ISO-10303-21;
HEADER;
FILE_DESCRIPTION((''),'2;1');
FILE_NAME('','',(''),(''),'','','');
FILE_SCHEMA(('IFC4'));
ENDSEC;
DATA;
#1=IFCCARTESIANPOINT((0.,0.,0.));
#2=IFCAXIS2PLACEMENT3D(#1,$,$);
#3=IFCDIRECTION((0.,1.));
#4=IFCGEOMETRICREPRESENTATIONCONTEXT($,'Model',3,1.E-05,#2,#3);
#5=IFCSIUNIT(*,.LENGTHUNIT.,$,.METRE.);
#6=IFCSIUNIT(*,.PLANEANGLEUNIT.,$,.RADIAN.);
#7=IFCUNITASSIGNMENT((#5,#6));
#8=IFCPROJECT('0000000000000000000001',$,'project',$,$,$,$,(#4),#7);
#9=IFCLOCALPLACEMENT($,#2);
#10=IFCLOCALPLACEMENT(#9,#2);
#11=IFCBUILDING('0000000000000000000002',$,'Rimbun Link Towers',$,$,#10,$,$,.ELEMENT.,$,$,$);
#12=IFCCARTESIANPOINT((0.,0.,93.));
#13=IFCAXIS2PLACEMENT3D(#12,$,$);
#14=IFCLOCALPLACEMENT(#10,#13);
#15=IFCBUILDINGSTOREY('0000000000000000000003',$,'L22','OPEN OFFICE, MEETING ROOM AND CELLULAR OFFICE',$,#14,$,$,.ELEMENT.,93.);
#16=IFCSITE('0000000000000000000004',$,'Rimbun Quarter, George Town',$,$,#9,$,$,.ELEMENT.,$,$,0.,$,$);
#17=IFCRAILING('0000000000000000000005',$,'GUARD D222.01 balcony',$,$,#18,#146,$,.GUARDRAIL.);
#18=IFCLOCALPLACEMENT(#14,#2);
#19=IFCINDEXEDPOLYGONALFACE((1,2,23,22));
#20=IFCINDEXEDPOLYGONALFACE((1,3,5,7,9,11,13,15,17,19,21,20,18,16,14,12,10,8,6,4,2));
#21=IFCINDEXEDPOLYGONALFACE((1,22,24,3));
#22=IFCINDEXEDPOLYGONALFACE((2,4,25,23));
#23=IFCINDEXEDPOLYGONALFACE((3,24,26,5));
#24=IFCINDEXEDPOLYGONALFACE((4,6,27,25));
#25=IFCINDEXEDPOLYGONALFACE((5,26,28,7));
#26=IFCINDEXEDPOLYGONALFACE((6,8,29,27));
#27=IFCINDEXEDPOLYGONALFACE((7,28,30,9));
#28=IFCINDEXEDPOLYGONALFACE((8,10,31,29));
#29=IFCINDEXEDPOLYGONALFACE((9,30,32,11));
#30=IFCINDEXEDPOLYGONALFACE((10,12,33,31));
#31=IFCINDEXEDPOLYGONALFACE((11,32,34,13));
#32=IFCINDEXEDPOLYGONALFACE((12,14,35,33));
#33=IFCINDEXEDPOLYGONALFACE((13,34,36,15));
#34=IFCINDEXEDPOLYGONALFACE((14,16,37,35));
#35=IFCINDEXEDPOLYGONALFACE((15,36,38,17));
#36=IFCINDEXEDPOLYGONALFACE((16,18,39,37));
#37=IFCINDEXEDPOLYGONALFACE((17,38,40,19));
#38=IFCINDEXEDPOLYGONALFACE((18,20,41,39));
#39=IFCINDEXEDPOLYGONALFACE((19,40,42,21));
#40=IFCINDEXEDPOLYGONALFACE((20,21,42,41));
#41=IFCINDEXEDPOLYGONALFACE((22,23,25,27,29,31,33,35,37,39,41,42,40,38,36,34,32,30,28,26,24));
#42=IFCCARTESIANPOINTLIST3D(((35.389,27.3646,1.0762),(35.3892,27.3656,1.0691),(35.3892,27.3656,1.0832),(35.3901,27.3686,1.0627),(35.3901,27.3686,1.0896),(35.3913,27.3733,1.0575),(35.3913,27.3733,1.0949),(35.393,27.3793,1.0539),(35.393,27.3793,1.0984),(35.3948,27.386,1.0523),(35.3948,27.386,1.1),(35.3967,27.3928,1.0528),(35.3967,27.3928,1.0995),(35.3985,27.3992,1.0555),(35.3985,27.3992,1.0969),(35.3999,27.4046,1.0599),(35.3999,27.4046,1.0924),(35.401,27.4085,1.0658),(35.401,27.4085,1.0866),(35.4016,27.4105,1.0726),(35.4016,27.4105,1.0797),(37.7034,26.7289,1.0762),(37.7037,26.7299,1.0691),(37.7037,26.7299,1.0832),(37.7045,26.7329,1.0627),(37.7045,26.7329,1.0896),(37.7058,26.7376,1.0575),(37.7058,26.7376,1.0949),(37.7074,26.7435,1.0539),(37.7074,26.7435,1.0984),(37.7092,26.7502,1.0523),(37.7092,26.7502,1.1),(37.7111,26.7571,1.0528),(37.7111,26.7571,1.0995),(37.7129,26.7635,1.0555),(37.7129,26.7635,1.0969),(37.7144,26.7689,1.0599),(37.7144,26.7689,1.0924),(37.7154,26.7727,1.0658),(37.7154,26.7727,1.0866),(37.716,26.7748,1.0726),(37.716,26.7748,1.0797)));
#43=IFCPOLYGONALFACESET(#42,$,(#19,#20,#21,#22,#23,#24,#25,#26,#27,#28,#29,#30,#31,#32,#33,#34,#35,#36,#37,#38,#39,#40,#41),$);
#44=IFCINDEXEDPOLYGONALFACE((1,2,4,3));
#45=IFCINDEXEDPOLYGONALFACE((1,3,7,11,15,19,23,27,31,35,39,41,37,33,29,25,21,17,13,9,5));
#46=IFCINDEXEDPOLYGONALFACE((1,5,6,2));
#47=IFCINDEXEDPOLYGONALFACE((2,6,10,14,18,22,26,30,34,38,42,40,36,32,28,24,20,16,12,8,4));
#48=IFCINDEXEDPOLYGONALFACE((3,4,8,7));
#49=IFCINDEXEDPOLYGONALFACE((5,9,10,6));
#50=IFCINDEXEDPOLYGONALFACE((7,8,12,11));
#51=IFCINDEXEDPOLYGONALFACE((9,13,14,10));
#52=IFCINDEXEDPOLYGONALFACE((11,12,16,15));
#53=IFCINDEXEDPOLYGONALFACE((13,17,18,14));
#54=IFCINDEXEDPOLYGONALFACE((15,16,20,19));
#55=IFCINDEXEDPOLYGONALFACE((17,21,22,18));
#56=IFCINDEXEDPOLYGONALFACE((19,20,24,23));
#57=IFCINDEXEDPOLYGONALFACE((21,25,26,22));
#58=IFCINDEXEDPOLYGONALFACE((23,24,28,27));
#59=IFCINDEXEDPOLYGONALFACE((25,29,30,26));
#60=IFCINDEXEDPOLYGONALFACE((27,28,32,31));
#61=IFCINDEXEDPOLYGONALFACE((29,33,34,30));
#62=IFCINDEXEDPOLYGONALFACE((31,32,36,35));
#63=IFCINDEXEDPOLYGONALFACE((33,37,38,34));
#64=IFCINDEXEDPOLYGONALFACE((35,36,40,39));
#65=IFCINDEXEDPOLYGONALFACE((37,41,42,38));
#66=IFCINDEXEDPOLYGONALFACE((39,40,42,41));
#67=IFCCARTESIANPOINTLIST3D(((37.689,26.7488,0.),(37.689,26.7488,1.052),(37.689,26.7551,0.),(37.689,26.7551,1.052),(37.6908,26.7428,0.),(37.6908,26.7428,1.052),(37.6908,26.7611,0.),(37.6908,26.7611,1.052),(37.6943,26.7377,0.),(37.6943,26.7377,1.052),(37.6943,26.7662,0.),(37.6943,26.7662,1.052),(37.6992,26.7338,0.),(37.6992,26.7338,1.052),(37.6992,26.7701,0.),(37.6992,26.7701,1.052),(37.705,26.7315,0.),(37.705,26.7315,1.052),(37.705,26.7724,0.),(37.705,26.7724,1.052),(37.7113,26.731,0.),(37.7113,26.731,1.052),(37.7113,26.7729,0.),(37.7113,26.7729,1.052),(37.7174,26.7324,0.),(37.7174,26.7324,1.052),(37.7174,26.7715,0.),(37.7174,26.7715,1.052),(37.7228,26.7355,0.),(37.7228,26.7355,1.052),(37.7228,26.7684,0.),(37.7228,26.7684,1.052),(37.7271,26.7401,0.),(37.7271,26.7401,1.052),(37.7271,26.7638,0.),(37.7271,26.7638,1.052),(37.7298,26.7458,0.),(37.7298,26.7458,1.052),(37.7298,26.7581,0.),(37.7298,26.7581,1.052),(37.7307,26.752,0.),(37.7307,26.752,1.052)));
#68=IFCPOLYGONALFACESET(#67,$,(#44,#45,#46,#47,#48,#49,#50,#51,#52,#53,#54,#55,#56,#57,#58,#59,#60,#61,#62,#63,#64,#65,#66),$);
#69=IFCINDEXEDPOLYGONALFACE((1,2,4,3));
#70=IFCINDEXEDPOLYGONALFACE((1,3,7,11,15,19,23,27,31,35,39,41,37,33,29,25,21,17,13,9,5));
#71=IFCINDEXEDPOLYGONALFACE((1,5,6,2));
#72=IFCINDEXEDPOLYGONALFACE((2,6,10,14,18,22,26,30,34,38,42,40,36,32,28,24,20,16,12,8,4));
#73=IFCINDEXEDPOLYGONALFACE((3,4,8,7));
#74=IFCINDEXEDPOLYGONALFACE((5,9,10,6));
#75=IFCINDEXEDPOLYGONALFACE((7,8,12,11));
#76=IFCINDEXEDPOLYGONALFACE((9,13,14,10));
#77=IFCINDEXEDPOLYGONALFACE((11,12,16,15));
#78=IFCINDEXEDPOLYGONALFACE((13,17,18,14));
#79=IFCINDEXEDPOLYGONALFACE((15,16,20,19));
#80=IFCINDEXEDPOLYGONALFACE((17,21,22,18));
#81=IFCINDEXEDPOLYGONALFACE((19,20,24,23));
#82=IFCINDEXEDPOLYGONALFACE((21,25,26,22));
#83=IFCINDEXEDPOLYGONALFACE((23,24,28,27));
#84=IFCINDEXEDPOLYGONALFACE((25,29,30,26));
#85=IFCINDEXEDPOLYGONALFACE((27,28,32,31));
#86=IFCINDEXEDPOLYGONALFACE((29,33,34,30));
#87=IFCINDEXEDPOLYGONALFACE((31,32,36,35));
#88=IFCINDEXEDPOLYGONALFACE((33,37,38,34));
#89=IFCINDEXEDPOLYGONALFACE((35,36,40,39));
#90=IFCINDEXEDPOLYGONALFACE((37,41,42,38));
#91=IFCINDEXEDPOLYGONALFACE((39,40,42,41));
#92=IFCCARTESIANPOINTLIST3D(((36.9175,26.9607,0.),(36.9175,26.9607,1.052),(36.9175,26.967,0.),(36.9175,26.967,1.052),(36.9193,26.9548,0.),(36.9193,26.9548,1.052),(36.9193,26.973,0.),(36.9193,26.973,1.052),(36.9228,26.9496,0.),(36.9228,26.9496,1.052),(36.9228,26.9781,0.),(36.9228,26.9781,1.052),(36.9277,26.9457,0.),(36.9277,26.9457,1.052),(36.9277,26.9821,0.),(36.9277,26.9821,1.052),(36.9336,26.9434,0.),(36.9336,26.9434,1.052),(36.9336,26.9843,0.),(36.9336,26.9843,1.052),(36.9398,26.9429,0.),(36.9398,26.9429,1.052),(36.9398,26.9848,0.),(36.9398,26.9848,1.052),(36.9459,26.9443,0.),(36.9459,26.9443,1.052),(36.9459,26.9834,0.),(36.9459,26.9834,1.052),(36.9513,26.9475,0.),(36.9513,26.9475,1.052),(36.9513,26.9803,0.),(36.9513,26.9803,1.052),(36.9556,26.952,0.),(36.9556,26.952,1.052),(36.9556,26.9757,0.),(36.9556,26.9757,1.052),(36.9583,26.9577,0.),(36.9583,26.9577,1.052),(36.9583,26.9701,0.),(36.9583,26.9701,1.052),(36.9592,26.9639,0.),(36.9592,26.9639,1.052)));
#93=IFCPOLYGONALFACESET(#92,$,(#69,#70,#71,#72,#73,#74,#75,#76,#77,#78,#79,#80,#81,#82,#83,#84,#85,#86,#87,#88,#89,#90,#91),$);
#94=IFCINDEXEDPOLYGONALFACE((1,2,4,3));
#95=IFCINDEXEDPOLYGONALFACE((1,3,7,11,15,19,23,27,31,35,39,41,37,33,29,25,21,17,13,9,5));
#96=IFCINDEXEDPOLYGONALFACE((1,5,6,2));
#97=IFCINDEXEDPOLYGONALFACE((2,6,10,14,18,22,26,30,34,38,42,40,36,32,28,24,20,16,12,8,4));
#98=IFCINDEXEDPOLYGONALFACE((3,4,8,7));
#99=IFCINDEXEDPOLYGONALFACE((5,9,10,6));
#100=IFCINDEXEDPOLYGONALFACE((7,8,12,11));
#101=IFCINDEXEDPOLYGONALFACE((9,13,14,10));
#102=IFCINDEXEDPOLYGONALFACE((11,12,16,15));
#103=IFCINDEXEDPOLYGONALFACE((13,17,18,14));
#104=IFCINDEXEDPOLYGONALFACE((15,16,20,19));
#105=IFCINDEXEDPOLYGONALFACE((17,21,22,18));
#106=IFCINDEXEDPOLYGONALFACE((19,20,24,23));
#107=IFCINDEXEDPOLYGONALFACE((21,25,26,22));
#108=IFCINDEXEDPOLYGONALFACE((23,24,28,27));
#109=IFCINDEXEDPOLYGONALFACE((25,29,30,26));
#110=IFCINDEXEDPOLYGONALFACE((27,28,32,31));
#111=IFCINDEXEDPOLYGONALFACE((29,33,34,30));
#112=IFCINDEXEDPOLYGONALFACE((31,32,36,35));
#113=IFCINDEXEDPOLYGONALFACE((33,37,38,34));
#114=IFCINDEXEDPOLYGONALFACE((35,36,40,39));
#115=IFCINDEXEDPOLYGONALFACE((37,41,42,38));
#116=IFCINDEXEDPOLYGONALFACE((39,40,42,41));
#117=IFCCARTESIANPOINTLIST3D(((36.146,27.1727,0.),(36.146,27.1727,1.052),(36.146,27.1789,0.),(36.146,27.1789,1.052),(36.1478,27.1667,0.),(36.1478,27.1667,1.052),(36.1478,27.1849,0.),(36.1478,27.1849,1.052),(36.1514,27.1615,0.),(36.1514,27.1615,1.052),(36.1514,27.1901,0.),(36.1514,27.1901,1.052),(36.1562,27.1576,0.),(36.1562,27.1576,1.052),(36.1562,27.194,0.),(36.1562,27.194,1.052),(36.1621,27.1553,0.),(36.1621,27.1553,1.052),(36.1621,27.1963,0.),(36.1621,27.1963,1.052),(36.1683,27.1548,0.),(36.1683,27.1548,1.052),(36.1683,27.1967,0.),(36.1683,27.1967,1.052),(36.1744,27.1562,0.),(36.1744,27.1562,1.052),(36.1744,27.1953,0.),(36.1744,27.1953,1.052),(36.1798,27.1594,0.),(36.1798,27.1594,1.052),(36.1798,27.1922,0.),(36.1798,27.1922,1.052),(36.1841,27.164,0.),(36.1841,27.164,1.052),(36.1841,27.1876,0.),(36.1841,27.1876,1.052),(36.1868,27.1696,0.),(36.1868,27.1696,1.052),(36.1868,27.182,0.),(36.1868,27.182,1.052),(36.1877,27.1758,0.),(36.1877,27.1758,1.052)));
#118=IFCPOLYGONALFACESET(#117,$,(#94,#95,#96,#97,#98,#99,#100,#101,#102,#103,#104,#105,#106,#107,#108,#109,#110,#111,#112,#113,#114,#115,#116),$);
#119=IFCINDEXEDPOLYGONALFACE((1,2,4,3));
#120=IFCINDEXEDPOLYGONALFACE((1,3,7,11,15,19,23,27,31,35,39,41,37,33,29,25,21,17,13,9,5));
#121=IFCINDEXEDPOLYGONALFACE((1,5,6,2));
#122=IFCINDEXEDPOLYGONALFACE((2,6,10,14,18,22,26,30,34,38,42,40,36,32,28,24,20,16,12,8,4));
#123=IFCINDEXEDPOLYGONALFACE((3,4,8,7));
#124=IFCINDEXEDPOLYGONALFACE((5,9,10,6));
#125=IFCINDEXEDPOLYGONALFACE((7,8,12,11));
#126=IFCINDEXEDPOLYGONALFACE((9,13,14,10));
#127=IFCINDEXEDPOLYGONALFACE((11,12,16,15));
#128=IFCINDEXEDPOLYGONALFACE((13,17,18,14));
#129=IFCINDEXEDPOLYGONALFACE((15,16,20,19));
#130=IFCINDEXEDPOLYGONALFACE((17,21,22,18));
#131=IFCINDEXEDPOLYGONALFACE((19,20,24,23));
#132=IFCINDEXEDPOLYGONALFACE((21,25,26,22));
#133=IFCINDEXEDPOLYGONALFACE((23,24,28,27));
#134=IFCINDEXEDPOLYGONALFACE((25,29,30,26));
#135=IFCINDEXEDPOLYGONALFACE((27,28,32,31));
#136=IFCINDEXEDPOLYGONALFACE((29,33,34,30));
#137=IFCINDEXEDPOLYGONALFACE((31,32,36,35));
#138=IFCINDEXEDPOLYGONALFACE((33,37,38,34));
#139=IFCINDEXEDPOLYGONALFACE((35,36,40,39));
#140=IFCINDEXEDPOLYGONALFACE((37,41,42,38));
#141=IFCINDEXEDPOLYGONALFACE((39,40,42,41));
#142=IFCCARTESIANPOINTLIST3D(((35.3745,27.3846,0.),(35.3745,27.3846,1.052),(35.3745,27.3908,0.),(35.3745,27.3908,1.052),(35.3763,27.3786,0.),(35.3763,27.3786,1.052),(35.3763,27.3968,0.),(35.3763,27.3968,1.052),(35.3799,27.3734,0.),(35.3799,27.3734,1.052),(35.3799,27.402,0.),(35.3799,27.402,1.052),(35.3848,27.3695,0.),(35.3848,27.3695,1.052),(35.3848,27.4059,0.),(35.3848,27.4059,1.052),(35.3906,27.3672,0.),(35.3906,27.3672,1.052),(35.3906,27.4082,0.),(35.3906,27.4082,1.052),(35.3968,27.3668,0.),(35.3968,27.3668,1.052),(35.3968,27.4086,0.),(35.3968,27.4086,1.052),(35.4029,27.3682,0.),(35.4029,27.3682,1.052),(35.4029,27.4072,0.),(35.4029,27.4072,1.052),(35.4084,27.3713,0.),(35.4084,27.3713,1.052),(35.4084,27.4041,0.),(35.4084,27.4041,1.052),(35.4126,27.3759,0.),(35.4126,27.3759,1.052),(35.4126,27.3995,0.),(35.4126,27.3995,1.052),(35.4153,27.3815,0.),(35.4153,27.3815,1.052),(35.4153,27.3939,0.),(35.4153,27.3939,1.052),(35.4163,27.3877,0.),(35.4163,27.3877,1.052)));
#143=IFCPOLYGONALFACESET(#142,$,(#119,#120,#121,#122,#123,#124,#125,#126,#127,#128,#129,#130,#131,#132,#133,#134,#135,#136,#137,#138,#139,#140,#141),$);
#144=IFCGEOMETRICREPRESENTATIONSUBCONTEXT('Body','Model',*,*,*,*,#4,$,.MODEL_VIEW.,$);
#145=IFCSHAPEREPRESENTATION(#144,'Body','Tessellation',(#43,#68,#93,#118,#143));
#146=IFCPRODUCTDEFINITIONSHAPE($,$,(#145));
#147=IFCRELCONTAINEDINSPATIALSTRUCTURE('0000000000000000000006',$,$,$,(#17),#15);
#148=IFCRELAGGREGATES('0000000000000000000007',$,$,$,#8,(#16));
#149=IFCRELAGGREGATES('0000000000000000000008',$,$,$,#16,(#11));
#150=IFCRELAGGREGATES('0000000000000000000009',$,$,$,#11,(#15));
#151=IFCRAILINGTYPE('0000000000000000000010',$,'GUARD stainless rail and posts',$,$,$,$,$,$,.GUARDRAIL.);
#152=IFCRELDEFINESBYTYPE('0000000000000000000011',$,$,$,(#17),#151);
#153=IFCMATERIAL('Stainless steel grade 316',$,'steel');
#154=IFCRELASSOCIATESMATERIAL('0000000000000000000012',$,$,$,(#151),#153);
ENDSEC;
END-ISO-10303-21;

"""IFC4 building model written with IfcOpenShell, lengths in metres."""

from ifc_helpers import new_model, si_unit, direction, frame, origin, origin_2d, place, context, subcontext, project, spatial, circle, extrude, material, type_object, element, save


model = new_model("IFC4")

# Units and contexts
model_context = context("Model", 3, precision=1e-05, world=origin(), true_north=direction((0.0, 1.0)))
body_context = subcontext(model_context, "Body", "Model", "MODEL_VIEW")
ifc_project = project(units=[si_unit("LENGTHUNIT", "METRE"), si_unit("PLANEANGLEUNIT", "RADIAN")], contexts=[model_context])

# Site, building, storey
site_placement = place(None, origin())
site = spatial("IfcSite", under=ifc_project, at=site_placement, Name="Rimbun Quarter, George Town", CompositionType="ELEMENT", RefElevation=0.0)
building_placement = place(site_placement, origin())
building = spatial("IfcBuilding", under=site, at=building_placement, Name="Rimbun Link Towers", CompositionType="ELEMENT")
storey_placement = place(building_placement, frame((0.0, 0.0, 93.0)))
storey = spatial("IfcBuildingStorey", under=building, at=storey_placement, Name="L22", Description="OPEN OFFICE, MEETING ROOM AND CELLULAR OFFICE", CompositionType="ELEMENT", Elevation=93.0)

# Railing
ifc_material_1 = material(Name="Stainless steel grade 316", Category="steel")
railing_type = type_object("IfcRailingType", Name="GUARD stainless rail and posts", PredefinedType="GUARDRAIL", material=ifc_material_1)
railing_1_placement = place(storey_placement, frame((37.7097, 26.752, 0.0)))
element("IfcRailing", 1, at=railing_1_placement, inside=storey, type_object=railing_type, Name="GUARD D222.01 balcony", PredefinedType="GUARDRAIL", context=body_context, shape_type="SweptSolid", body=[
    extrude(circle(Radius=0.0239, at=origin_2d()), frame((0.0, 0.0, 1.0762), z_axis=(-0.964283, 0.264873, 0.0), x_axis=(-0.264873, -0.964283, 0.0)), (0.0, 0.0, 1.0), 2.4001),
    extrude(circle(Radius=0.021, at=origin_2d()), origin(), (0.0, 0.0, 1.0), 1.052),
    extrude(circle(Radius=0.021, at=origin_2d()), frame((-0.7715, 0.2119, 0.0)), (0.0, 0.0, 1.0), 1.052),
    extrude(circle(Radius=0.021, at=origin_2d()), frame((-1.543, 0.4238, 0.0)), (0.0, 0.0, 1.0), 1.052),
    extrude(circle(Radius=0.021, at=origin_2d()), frame((-2.3145, 0.6357, 0.0)), (0.0, 0.0, 1.0), 1.052),
])

save(model, "model.ifc")
